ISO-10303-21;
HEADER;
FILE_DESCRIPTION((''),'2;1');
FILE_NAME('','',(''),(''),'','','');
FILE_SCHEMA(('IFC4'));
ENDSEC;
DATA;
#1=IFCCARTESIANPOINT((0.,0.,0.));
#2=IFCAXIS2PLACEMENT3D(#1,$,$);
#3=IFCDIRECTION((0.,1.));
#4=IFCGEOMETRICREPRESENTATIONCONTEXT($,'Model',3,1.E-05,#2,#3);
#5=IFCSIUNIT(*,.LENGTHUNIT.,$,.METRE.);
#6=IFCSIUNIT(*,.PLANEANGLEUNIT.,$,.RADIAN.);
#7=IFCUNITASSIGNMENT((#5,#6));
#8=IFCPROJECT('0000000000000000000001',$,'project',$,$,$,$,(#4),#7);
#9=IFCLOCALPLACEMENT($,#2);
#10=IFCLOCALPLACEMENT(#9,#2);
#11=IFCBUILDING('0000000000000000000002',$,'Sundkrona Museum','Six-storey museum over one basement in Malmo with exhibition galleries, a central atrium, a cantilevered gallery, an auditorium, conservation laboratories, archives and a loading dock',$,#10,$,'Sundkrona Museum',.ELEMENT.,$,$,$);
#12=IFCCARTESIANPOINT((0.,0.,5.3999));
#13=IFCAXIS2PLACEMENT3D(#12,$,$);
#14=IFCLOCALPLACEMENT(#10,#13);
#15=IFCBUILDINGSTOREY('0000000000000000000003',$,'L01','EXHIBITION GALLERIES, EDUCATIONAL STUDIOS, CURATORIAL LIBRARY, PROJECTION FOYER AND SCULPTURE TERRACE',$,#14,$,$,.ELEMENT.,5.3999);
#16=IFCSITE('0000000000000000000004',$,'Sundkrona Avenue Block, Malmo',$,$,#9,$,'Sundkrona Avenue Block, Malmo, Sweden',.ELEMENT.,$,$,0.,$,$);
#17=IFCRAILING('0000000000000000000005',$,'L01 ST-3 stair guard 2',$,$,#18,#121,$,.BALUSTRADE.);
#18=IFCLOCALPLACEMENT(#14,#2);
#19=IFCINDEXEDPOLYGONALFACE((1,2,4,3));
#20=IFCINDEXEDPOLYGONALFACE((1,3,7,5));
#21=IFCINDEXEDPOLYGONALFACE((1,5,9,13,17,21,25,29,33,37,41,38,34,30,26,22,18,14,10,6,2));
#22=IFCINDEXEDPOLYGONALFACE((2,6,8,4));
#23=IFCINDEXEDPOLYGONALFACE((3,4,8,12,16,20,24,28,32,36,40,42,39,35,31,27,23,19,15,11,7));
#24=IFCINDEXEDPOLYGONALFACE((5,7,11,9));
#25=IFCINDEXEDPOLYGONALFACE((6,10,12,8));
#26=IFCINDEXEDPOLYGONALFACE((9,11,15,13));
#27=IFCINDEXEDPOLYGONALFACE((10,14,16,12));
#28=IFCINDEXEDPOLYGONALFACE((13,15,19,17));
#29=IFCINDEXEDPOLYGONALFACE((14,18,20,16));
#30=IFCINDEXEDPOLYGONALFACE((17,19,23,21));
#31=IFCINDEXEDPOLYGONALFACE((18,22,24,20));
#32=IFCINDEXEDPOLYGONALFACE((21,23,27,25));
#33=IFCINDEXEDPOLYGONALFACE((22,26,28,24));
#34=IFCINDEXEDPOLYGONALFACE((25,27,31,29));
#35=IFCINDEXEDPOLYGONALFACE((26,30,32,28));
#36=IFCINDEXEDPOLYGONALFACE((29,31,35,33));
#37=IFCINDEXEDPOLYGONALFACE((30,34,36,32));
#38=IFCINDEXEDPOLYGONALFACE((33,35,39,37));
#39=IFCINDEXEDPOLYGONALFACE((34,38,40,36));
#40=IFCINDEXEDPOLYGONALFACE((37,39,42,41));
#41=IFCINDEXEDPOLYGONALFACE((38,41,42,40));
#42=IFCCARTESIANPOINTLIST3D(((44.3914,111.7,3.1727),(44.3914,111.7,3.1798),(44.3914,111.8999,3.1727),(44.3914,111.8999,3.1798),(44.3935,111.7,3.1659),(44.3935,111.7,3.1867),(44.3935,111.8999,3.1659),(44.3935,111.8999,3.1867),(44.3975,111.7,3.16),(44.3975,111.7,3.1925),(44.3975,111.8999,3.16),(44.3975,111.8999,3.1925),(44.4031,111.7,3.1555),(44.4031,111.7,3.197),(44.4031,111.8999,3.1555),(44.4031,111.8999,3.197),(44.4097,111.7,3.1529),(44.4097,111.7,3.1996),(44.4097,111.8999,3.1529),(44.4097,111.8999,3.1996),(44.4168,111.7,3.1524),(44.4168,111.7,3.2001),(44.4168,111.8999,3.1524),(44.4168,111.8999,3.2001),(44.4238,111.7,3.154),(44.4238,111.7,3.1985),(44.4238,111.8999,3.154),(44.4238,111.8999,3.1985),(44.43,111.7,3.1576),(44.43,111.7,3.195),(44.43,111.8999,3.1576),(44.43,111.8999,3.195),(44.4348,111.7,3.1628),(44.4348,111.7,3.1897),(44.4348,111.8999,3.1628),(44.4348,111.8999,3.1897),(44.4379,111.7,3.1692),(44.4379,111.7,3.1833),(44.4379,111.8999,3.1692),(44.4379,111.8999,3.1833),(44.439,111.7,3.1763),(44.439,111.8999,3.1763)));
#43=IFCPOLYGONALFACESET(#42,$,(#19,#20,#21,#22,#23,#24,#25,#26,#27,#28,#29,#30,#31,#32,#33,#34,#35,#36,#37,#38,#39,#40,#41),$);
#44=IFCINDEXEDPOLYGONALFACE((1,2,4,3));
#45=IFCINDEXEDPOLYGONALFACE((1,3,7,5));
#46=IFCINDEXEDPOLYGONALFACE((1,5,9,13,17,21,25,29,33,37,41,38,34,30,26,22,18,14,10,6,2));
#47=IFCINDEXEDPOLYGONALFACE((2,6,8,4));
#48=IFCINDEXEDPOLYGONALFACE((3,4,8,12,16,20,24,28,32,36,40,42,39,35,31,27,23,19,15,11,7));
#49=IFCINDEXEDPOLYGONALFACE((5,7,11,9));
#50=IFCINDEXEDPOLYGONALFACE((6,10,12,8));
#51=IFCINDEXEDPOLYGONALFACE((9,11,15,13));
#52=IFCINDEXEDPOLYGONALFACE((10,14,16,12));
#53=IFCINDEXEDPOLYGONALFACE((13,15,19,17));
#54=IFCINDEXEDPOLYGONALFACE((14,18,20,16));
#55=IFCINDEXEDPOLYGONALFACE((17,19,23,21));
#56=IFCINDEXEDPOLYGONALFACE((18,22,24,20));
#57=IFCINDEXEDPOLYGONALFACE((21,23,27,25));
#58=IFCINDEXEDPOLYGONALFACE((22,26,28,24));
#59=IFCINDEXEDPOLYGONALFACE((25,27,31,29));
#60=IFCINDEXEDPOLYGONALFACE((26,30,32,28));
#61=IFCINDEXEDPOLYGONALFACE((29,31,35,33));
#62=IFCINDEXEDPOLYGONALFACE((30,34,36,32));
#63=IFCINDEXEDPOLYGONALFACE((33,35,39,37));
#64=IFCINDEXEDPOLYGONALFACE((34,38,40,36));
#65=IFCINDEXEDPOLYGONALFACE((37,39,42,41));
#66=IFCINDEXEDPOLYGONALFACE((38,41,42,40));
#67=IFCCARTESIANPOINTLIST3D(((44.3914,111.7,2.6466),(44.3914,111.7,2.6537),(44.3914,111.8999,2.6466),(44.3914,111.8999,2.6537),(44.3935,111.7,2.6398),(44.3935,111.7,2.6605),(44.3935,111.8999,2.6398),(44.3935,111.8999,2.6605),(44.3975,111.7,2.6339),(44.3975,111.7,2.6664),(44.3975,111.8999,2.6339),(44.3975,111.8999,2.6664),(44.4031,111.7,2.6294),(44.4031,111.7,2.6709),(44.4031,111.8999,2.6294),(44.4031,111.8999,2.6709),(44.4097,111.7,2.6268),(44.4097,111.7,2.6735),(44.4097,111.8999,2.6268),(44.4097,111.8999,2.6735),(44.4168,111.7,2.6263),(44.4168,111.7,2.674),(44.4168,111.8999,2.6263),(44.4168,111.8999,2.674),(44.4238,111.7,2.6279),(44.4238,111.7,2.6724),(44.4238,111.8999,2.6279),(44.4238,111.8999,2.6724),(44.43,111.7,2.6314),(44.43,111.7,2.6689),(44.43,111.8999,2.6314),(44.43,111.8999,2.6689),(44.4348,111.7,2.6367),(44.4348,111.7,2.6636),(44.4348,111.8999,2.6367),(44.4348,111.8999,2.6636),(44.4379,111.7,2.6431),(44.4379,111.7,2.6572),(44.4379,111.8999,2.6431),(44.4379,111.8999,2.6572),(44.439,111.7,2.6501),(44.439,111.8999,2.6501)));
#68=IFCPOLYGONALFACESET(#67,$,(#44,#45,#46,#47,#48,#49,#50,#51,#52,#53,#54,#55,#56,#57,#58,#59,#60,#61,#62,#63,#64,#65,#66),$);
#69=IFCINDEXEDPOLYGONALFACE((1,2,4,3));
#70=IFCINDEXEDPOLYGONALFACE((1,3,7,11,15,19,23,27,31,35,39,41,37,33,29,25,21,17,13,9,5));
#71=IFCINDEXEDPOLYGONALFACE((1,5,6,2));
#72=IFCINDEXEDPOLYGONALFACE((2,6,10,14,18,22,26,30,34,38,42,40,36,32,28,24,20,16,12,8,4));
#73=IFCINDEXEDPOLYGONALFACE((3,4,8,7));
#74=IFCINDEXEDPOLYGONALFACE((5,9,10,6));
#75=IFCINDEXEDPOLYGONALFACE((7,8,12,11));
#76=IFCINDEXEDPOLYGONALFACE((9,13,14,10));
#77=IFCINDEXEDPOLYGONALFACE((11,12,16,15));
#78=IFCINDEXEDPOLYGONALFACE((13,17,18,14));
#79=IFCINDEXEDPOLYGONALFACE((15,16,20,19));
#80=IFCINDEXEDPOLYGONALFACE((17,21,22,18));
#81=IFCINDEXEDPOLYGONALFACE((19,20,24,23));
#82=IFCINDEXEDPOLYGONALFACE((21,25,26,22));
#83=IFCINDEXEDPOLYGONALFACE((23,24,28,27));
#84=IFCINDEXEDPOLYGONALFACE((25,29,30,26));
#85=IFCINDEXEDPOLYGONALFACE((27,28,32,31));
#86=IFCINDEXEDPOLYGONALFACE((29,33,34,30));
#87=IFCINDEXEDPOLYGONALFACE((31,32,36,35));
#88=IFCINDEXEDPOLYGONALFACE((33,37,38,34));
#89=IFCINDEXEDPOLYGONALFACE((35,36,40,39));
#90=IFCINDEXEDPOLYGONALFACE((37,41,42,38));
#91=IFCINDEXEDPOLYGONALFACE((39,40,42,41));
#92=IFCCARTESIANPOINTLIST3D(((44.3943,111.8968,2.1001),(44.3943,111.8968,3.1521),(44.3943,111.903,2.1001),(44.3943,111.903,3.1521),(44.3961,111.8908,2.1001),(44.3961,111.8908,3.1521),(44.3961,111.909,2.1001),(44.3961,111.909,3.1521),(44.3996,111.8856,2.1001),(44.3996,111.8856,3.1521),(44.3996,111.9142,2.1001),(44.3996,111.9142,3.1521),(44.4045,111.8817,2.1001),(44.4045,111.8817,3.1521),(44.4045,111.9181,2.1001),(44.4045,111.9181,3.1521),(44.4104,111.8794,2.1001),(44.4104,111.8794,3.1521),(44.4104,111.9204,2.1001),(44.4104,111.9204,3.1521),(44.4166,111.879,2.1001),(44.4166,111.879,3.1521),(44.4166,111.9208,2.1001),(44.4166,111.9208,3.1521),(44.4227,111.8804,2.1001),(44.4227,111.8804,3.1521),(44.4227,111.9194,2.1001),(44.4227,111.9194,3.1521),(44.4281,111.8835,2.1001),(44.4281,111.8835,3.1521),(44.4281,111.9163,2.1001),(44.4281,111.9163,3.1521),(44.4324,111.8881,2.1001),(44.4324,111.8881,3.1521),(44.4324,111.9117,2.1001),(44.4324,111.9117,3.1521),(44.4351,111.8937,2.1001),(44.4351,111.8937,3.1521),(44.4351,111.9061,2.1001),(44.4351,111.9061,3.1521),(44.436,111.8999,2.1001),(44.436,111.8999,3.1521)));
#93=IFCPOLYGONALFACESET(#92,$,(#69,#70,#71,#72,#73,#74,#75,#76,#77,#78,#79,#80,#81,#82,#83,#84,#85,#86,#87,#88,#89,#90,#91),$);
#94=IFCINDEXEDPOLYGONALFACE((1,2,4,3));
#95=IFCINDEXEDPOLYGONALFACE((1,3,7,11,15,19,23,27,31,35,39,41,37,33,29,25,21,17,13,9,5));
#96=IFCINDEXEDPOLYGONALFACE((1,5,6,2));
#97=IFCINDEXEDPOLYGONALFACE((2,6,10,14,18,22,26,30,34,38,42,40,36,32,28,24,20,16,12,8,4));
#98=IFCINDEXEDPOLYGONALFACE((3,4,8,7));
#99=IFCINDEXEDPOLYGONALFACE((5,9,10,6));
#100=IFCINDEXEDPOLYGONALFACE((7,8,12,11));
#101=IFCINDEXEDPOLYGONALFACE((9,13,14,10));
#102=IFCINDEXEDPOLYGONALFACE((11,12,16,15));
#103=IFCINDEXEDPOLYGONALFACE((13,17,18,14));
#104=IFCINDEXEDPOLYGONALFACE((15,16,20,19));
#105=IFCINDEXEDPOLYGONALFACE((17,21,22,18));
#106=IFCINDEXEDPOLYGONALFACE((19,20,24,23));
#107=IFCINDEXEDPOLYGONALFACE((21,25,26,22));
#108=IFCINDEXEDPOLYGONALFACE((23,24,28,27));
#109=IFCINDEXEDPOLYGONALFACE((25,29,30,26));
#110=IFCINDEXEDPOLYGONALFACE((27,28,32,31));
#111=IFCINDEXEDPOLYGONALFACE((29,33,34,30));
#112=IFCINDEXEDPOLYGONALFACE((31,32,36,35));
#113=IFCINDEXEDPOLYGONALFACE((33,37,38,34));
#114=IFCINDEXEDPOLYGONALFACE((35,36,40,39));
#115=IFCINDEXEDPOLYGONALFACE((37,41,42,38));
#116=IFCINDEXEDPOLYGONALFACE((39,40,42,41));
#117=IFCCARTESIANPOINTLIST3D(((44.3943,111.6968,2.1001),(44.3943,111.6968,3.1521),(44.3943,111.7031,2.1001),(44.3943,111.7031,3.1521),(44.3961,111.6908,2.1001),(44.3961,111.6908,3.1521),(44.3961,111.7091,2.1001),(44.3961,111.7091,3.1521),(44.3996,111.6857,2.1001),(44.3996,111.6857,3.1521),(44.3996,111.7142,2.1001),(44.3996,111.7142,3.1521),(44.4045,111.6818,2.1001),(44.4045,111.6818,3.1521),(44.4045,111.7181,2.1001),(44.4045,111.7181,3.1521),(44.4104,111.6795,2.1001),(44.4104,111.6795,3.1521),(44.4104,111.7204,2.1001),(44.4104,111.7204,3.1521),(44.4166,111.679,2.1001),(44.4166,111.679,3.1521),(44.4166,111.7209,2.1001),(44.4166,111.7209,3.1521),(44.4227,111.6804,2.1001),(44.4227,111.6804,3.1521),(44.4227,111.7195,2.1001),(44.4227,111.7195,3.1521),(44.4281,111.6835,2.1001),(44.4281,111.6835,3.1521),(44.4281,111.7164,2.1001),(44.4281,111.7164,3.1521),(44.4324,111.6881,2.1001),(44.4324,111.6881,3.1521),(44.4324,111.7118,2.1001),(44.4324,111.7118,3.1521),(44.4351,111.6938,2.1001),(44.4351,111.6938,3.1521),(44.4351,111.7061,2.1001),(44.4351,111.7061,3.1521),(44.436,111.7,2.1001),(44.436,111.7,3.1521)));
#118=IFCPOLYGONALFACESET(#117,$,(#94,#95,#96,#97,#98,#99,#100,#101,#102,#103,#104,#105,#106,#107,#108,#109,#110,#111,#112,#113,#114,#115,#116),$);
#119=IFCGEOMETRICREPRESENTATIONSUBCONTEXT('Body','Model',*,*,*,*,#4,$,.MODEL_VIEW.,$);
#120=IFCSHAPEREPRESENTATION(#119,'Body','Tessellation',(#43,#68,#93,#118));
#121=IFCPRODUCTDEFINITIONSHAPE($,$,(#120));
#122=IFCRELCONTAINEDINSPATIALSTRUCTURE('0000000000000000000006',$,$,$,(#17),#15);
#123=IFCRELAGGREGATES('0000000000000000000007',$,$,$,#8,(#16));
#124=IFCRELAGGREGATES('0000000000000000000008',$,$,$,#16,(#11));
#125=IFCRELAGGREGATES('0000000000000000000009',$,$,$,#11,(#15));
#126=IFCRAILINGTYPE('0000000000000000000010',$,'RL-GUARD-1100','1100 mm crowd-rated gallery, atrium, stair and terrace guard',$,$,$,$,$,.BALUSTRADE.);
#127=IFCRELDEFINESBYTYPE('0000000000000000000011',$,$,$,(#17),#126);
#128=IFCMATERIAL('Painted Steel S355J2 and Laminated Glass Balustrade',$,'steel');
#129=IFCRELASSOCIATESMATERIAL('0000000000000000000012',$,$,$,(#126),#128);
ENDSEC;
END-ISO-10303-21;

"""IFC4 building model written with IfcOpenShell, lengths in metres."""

from ifc_helpers import new_model, si_unit, direction, frame, origin, origin_2d, place, context, subcontext, project, spatial, circle, extrude, material, type_object, element, save


model = new_model("IFC4")

# Units and contexts
model_context = context("Model", 3, precision=1e-05, world=origin(), true_north=direction((0.0, 1.0)))
body_context = subcontext(model_context, "Body", "Model", "MODEL_VIEW")
ifc_project = project(units=[si_unit("LENGTHUNIT", "METRE"), si_unit("PLANEANGLEUNIT", "RADIAN")], contexts=[model_context])

# Site, building, storey
site_placement = place(None, origin())
site = spatial("IfcSite", under=ifc_project, at=site_placement, Name="Sundkrona Avenue Block, Malmo", LongName="Sundkrona Avenue Block, Malmo, Sweden", CompositionType="ELEMENT", RefElevation=0.0)
building_placement = place(site_placement, origin())
building = spatial("IfcBuilding", under=site, at=building_placement, Name="Sundkrona Museum", Description="Six-storey museum over one basement in Malmo with exhibition galleries, a central atrium, a cantilevered gallery, an auditorium, conservation laboratories, archives and a loading dock", LongName="Sundkrona Museum", CompositionType="ELEMENT")
storey_placement = place(building_placement, frame((0.0, 0.0, 5.3999)))
storey = spatial("IfcBuildingStorey", under=building, at=storey_placement, Name="L01", Description="EXHIBITION GALLERIES, EDUCATIONAL STUDIOS, CURATORIAL LIBRARY, PROJECTION FOYER AND SCULPTURE TERRACE", CompositionType="ELEMENT", Elevation=5.3999)

# Railing
ifc_material_1 = material(Name="Painted Steel S355J2 and Laminated Glass Balustrade", Category="steel")
railing_type_1 = type_object("IfcRailingType", Name="RL-GUARD-1100", Description="1100 mm crowd-rated gallery, atrium, stair and terrace guard", PredefinedType="BALUSTRADE", material=ifc_material_1)
railing_1_placement = place(storey_placement, frame((44.415, 111.8999, 2.1001)))
element("IfcRailing", 1, at=railing_1_placement, inside=storey, type_object=railing_type_1, Name="L01 ST-3 stair guard 2", PredefinedType="BALUSTRADE", context=body_context, shape_type="SweptSolid", body=[
    extrude(circle(Radius=0.0239, at=origin_2d()), frame((0.0, 0.0, 1.0762), z_axis=(0.0, -1.0, 0.0), x_axis=(1.0, 0.0, 0.0)), (0.0, 0.0, 1.0), 0.2),
    extrude(circle(Radius=0.0239, at=origin_2d()), frame((0.0, 0.0, 0.55), z_axis=(0.0, -1.0, 0.0), x_axis=(1.0, 0.0, 0.0)), (0.0, 0.0, 1.0), 0.2),
    extrude(circle(Radius=0.021, at=origin_2d()), origin(), (0.0, 0.0, 1.0), 1.052),
    extrude(circle(Radius=0.021, at=origin_2d()), frame((0.0, -0.2, 0.0)), (0.0, 0.0, 1.0), 1.052),
])

save(model, "model.ifc")
